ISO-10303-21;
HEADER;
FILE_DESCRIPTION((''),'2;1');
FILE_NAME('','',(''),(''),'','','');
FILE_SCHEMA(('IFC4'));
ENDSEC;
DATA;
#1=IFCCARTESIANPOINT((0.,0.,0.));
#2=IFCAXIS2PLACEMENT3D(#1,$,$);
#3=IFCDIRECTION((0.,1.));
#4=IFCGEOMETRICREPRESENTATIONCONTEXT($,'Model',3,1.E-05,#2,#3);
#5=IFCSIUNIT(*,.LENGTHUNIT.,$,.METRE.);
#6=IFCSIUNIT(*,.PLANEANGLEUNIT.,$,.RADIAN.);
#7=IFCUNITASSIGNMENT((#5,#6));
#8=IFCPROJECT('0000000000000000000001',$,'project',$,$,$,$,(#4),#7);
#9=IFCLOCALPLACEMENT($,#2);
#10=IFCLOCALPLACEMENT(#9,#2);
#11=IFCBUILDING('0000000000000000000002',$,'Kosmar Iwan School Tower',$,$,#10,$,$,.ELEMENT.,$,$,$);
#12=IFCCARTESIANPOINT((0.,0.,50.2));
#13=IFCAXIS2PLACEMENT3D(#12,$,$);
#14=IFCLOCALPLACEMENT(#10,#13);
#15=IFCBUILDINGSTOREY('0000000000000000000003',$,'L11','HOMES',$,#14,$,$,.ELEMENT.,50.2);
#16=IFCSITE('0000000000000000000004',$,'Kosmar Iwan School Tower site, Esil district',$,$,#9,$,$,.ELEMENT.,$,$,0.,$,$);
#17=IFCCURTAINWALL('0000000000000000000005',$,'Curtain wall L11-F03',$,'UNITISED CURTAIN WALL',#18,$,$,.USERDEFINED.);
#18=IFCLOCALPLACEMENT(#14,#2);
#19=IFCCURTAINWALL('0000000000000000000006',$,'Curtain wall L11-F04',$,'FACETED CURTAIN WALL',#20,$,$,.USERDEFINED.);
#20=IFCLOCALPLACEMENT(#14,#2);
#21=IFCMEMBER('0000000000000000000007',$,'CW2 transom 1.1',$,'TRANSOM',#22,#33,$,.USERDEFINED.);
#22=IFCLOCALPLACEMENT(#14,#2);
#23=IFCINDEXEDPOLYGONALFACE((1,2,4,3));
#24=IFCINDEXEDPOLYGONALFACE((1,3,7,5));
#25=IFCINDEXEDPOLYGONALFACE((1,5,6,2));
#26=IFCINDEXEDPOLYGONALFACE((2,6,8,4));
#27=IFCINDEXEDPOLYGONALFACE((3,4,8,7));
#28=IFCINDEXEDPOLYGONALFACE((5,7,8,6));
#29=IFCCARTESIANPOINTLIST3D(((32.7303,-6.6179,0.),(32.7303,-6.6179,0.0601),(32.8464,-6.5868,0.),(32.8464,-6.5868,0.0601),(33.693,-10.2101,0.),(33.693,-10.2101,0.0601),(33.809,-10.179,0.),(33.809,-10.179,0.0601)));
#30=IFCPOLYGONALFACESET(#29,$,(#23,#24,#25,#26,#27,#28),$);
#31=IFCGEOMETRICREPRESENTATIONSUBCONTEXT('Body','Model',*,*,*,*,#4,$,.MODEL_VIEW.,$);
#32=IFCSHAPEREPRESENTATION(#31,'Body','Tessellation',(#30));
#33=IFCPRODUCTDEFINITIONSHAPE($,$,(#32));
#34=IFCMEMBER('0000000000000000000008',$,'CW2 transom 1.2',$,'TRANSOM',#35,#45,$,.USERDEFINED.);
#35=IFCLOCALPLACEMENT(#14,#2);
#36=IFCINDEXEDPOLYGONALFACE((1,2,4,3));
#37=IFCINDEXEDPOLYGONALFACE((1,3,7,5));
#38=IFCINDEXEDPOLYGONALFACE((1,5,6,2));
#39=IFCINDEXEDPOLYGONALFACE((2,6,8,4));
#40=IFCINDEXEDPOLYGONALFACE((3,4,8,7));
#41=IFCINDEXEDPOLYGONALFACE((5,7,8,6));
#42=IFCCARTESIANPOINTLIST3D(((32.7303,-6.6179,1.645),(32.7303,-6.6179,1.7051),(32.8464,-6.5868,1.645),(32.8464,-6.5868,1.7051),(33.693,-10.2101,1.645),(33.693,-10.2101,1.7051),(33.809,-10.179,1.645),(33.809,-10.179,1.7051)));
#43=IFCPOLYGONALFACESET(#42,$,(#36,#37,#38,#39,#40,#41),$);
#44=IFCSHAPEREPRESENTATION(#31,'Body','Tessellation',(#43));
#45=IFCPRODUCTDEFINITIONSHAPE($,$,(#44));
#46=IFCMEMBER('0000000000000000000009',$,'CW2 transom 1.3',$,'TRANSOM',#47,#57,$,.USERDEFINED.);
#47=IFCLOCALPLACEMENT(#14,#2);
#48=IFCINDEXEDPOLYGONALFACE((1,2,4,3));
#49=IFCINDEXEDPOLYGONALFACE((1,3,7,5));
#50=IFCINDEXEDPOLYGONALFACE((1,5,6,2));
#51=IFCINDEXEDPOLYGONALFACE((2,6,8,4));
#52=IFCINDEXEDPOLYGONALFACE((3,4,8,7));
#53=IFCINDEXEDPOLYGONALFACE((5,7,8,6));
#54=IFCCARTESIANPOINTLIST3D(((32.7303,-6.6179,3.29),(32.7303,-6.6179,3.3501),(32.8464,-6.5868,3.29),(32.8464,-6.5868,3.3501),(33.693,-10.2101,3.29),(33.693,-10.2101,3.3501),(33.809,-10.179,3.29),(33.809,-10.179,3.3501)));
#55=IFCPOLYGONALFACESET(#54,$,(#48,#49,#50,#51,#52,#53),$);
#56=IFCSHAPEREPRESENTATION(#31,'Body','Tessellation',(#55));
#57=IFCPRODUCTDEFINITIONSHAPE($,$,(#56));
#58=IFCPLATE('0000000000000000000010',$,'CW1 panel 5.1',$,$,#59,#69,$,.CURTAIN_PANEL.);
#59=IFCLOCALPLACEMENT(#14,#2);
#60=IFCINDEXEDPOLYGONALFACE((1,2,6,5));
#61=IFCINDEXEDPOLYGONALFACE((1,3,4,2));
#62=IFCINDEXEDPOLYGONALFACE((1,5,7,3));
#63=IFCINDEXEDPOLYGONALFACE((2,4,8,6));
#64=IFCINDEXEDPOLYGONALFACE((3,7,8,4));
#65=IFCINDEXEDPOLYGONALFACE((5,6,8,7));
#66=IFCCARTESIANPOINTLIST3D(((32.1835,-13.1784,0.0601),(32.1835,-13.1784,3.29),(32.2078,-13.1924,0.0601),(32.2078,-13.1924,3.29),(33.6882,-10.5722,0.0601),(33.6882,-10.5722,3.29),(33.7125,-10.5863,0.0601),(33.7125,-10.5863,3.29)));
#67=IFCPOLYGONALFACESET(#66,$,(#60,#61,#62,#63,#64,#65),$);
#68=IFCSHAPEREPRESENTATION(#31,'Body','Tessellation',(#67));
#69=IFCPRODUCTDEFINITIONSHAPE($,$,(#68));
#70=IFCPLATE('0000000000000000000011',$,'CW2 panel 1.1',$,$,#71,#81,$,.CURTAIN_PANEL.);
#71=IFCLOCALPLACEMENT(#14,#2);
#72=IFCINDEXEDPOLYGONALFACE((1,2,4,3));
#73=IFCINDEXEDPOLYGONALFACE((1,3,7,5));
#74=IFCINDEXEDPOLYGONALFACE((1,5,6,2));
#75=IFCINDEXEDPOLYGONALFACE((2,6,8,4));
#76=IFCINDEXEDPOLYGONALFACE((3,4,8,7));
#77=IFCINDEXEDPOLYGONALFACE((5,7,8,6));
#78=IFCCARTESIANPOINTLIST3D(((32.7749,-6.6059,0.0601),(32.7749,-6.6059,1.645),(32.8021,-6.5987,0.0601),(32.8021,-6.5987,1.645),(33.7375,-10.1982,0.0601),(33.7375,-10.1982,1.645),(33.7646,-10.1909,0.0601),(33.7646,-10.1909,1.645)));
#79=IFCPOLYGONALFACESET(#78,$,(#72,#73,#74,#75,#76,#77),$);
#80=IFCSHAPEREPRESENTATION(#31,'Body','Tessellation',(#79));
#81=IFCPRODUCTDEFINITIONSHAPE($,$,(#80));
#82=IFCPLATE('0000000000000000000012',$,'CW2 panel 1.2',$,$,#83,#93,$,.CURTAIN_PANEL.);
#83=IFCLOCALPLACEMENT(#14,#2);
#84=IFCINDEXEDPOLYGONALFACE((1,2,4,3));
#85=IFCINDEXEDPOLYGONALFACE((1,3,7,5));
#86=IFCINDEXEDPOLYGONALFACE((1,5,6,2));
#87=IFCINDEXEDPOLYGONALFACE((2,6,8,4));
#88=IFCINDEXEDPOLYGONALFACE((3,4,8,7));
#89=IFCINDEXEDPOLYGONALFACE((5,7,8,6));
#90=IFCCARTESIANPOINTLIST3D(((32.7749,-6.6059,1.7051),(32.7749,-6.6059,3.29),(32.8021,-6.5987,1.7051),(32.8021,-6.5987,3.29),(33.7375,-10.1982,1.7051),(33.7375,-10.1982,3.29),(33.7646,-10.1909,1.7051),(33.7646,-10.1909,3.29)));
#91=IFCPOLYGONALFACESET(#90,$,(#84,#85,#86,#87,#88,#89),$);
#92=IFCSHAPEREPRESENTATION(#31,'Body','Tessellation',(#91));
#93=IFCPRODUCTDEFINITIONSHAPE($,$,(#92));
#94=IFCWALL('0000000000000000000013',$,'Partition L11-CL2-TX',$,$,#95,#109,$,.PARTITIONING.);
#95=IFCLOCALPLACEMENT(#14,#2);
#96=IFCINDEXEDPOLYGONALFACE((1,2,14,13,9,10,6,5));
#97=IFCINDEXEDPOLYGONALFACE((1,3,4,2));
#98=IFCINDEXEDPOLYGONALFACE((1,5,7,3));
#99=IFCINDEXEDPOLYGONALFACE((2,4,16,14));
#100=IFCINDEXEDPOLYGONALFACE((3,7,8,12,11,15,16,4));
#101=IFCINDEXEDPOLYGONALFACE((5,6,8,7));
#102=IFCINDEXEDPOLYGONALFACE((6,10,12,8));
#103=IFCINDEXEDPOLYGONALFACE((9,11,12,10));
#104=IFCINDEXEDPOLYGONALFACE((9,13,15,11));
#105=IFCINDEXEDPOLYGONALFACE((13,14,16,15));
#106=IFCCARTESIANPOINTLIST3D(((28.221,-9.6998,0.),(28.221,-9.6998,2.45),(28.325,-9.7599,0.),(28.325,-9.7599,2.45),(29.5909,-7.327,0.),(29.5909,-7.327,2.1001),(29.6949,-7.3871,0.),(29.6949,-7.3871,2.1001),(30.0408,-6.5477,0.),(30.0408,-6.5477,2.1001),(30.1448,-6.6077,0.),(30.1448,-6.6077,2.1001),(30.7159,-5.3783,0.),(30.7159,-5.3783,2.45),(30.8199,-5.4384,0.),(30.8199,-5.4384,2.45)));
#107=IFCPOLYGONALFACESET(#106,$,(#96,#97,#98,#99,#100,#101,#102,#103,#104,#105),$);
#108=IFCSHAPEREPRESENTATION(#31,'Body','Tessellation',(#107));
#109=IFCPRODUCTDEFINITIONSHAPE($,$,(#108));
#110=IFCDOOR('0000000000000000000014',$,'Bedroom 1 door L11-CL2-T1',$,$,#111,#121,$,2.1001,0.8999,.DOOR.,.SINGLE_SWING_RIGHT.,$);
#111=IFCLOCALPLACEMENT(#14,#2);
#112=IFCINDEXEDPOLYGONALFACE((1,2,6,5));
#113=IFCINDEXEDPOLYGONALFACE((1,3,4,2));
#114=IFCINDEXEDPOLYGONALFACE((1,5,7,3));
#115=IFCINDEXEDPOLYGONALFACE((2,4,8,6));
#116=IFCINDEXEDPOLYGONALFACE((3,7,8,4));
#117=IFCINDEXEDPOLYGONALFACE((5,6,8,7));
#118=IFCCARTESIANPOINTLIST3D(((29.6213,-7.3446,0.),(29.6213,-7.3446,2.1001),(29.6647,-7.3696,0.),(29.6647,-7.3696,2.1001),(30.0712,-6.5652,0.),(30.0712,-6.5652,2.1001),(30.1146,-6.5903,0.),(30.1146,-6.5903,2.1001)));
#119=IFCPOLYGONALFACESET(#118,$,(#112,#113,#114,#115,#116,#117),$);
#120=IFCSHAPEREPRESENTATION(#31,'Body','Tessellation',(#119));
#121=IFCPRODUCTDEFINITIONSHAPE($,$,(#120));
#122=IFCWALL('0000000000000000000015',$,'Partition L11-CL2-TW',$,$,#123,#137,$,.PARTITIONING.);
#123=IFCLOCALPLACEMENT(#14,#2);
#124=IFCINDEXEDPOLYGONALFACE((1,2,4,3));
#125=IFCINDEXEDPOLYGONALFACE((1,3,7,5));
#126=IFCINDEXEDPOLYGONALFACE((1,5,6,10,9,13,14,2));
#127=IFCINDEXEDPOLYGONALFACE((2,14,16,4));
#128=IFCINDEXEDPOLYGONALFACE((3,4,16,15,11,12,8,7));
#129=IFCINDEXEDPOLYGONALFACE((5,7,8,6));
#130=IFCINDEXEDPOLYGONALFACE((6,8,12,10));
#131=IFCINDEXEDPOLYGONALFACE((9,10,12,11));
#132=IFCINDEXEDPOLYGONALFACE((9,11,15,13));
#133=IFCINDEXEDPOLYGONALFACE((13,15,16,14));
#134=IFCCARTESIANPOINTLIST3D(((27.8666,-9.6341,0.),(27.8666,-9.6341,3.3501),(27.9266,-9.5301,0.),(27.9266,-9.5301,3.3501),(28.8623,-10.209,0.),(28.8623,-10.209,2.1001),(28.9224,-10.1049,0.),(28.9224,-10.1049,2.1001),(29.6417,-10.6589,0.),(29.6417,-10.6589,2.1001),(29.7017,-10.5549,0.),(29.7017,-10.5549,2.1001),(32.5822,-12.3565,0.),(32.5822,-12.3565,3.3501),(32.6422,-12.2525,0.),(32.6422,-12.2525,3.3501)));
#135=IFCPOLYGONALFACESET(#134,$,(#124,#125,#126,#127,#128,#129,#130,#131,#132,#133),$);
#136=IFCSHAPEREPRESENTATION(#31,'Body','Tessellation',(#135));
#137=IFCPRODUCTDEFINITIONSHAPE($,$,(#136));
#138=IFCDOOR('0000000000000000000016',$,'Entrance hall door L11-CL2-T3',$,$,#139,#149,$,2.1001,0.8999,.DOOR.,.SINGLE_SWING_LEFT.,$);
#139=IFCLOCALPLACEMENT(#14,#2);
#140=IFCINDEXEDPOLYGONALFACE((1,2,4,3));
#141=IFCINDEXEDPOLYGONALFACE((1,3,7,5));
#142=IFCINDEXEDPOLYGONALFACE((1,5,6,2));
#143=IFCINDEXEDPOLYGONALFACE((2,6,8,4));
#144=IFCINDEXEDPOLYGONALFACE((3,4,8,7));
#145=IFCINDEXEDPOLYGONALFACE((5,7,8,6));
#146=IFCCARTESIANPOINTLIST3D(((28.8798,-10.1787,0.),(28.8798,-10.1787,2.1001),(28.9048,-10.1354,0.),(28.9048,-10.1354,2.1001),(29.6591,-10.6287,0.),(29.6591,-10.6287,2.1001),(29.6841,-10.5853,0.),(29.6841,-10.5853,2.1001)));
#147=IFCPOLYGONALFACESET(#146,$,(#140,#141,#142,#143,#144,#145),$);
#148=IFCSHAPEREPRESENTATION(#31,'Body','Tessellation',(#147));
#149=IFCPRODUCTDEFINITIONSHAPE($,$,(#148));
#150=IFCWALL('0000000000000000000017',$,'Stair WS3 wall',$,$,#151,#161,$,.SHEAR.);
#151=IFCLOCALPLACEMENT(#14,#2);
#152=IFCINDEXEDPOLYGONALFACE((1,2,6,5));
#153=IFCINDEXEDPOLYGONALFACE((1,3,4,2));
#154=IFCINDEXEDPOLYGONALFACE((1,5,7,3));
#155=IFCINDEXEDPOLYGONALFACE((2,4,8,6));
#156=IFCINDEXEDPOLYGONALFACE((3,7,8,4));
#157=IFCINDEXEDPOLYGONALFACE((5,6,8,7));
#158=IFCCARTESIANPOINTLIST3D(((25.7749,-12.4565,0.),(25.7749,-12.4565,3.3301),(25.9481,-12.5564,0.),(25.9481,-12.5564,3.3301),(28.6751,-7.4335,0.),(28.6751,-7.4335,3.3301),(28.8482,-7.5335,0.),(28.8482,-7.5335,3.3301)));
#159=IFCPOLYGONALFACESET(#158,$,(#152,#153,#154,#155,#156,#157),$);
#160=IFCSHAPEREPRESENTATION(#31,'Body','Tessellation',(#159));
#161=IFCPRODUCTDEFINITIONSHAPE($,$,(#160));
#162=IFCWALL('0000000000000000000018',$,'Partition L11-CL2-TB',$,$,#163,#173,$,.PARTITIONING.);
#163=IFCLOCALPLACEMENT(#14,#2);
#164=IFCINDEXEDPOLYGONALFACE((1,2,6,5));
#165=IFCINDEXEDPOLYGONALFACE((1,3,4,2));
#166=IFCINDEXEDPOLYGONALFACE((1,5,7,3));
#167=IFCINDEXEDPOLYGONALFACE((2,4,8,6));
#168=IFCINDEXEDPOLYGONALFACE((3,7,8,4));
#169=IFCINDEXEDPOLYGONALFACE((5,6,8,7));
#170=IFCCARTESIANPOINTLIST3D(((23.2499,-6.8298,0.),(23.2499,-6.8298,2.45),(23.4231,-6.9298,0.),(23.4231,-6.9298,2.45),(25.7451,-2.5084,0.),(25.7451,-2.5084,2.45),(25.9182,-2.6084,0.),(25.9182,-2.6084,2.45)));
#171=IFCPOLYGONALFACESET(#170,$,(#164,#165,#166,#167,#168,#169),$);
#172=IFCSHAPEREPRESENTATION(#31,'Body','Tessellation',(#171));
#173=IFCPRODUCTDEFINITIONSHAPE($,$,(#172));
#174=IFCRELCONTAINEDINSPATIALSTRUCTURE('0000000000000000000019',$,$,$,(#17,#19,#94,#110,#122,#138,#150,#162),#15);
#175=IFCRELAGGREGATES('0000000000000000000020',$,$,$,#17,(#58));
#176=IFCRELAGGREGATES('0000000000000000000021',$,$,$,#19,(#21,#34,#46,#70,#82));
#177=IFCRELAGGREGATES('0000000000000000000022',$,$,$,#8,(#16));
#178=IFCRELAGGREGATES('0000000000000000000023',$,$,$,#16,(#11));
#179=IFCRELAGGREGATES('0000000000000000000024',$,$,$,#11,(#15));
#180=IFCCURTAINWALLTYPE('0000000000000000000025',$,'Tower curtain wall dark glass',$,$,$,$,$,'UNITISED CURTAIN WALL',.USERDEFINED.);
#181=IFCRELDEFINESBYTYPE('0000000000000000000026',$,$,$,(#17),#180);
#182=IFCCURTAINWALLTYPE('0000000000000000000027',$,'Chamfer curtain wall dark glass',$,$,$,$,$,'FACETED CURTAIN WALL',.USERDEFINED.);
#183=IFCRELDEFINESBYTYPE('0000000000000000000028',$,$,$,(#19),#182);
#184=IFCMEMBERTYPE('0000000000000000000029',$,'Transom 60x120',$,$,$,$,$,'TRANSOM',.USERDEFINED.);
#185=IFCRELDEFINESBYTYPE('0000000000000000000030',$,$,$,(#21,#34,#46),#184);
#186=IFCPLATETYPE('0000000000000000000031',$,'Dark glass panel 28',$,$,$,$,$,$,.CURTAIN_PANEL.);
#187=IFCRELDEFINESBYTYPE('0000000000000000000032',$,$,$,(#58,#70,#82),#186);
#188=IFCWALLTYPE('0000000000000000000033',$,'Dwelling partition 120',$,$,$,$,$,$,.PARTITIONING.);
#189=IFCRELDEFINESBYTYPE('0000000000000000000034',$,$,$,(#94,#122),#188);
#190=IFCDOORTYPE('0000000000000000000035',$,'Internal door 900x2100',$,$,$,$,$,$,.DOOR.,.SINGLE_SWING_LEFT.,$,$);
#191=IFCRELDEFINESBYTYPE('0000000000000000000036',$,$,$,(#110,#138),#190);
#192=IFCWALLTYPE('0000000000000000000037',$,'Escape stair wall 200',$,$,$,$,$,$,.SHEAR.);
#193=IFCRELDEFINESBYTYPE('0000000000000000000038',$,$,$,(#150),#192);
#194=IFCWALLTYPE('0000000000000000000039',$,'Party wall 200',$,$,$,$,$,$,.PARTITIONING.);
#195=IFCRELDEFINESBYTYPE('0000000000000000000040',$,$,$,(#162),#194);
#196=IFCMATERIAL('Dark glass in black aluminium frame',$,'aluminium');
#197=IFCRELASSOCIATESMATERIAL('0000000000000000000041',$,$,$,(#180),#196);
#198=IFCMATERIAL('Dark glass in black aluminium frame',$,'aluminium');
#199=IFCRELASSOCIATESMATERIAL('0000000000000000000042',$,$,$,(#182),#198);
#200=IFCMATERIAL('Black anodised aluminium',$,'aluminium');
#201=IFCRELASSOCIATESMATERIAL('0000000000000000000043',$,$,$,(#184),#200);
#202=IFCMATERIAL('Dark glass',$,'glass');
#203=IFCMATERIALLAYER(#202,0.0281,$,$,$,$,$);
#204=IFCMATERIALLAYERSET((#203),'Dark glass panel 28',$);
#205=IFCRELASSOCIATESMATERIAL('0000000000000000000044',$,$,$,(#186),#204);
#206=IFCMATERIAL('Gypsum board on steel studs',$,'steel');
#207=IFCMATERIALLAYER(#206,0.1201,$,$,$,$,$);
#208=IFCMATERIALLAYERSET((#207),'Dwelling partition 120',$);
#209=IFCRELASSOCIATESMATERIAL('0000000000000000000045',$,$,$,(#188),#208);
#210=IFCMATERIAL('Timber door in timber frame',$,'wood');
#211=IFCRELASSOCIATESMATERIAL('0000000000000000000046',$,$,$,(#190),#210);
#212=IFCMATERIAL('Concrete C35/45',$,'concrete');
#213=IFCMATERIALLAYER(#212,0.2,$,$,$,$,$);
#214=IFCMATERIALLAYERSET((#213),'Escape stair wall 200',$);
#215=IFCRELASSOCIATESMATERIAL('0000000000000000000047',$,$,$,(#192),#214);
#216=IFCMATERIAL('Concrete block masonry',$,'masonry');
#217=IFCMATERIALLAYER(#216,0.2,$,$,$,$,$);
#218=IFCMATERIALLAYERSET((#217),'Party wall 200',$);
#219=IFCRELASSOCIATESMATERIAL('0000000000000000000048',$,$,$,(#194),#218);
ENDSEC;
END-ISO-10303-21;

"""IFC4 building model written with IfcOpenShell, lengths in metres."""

from ifc_helpers import new_model, si_unit, direction, frame, frame_2d, origin, origin_2d, place, context, subcontext, project, spatial, rectangle, extrude, material, layer, layer_set, material_profile, profile_set, type_object, element, fill, aggregate, save


model = new_model("IFC4")

# Units and contexts
model_context = context("Model", 3, precision=1e-05, world=origin(), true_north=direction((0.0, 1.0)))
body_context = subcontext(model_context, "Body", "Model", "MODEL_VIEW")
ifc_project = project(units=[si_unit("LENGTHUNIT", "METRE"), si_unit("PLANEANGLEUNIT", "RADIAN")], contexts=[model_context])

# Site, building, storey
site_placement = place(None, origin())
site = spatial("IfcSite", under=ifc_project, at=site_placement, Name="Kosmar Iwan School Tower site, Esil district", CompositionType="ELEMENT", RefElevation=0.0)
building_placement = place(site_placement, origin())
building = spatial("IfcBuilding", under=site, at=building_placement, Name="Kosmar Iwan School Tower", CompositionType="ELEMENT")
storey_placement = place(building_placement, frame((0.0, 0.0, 50.2)))
storey = spatial("IfcBuildingStorey", under=building, at=storey_placement, Name="L11", Description="HOMES", CompositionType="ELEMENT", Elevation=50.2)

# Curtain wall
ifc_material_1 = material(Name="Dark glass in black aluminium frame", Category="aluminium")
curtain_wall_type_1 = type_object("IfcCurtainWallType", Name="Tower curtain wall dark glass", ElementType="UNITISED CURTAIN WALL", PredefinedType="USERDEFINED", material=ifc_material_1)
curtain_wall_1_placement = place(storey_placement, origin())
curtain_wall_1 = element("IfcCurtainWall", 1, at=curtain_wall_1_placement, inside=storey, type_object=curtain_wall_type_1, Name="Curtain wall L11-F03", ObjectType="UNITISED CURTAIN WALL", PredefinedType="USERDEFINED")

# Curtain wall
ifc_material_2 = material(Name="Dark glass in black aluminium frame", Category="aluminium")
curtain_wall_type_2 = type_object("IfcCurtainWallType", Name="Chamfer curtain wall dark glass", ElementType="FACETED CURTAIN WALL", PredefinedType="USERDEFINED", material=ifc_material_2)
curtain_wall_2_placement = place(storey_placement, origin())
curtain_wall_2 = element("IfcCurtainWall", 2, at=curtain_wall_2_placement, inside=storey, type_object=curtain_wall_type_2, Name="Curtain wall L11-F04", ObjectType="FACETED CURTAIN WALL", PredefinedType="USERDEFINED")

# Members
ifc_material_3 = material(Name="Black anodised aluminium", Category="aluminium")
ifc_material_profile_1 = material_profile(ifc_material_3, rectangle(XDim=0.1201, YDim=0.0601, at=origin_2d()), Name="TRANSOM 60x120")
ifc_profile_set_1 = profile_set([ifc_material_profile_1], Name="Black anodised aluminium")
member_type_1 = type_object("IfcMemberType", Name="Transom 60x120", ElementType="TRANSOM", PredefinedType="USERDEFINED", material=ifc_profile_set_1)
member_1_placement = place(storey_placement, frame((33.751, -10.1946, 0.03), z_axis=(-0.258843, 0.965919, 0.0), x_axis=(-0.965919, -0.258843, 0.0)))
member_1 = element("IfcMember", 3, at=member_1_placement, type_object=member_type_1, Name="CW2 transom 1.1", ObjectType="TRANSOM", PredefinedType="USERDEFINED", context=body_context, shape_type="SweptSolid", body=[
    extrude(rectangle(XDim=0.1201, YDim=0.0601, at=origin_2d()), origin(), (0.0, 0.0, 1.0), 3.719),
])
member_2_placement = place(storey_placement, frame((33.751, -10.1946, 1.675), z_axis=(-0.258843, 0.965919, 0.0), x_axis=(-0.965919, -0.258843, 0.0)))
member_2 = element("IfcMember", 4, at=member_2_placement, type_object=member_type_1, Name="CW2 transom 1.2", ObjectType="TRANSOM", PredefinedType="USERDEFINED", context=body_context, shape_type="SweptSolid", body=[
    extrude(rectangle(XDim=0.1201, YDim=0.0601, at=origin_2d()), origin(), (0.0, 0.0, 1.0), 3.719),
])
member_3_placement = place(storey_placement, frame((33.751, -10.1946, 3.3201), z_axis=(-0.258843, 0.965919, 0.0), x_axis=(-0.965919, -0.258843, 0.0)))
member_3 = element("IfcMember", 5, at=member_3_placement, type_object=member_type_1, Name="CW2 transom 1.3", ObjectType="TRANSOM", PredefinedType="USERDEFINED", context=body_context, shape_type="SweptSolid", body=[
    extrude(rectangle(XDim=0.1201, YDim=0.0601, at=origin_2d()), origin(), (0.0, 0.0, 1.0), 3.719),
])

# Plates
ifc_material_4 = material(Name="Dark glass", Category="glass")
ifc_layer_1 = layer(ifc_material_4, 0.0281)
ifc_layer_set_1 = layer_set([ifc_layer_1], Name="Dark glass panel 28")
plate_type = type_object("IfcPlateType", Name="Dark glass panel 28", PredefinedType="CURTAIN_PANEL", material=ifc_layer_set_1)
plate_1_placement = place(storey_placement, frame((32.948, -11.8823, 0.0601), z_axis=(0.0, 0.0, 1.0), x_axis=(0.5, 0.866025, 0.0)))
plate_1 = element("IfcPlate", 6, at=plate_1_placement, type_object=plate_type, Name="CW1 panel 5.1", PredefinedType="CURTAIN_PANEL", context=body_context, shape_type="SweptSolid", body=[
    extrude(rectangle(XDim=3.0093, YDim=0.0281, at=origin_2d()), origin(), (0.0, 0.0, 1.0), 3.23),
])
aggregate(curtain_wall_1, [plate_1])
plate_2_placement = place(storey_placement, frame((33.2698, -8.3984, 0.0601), z_axis=(0.0, 0.0, 1.0), x_axis=(-0.258819, 0.965926, 0.0)))
plate_2 = element("IfcPlate", 7, at=plate_2_placement, type_object=plate_type, Name="CW2 panel 1.1", PredefinedType="CURTAIN_PANEL", context=body_context, shape_type="SweptSolid", body=[
    extrude(rectangle(XDim=3.719, YDim=0.0281, at=origin_2d()), origin(), (0.0, 0.0, 1.0), 1.585),
])
plate_3_placement = place(storey_placement, frame((33.2698, -8.3984, 1.7051), z_axis=(0.0, 0.0, 1.0), x_axis=(-0.258819, 0.965926, 0.0)))
plate_3 = element("IfcPlate", 8, at=plate_3_placement, type_object=plate_type, Name="CW2 panel 1.2", PredefinedType="CURTAIN_PANEL", context=body_context, shape_type="SweptSolid", body=[
    extrude(rectangle(XDim=3.719, YDim=0.0281, at=origin_2d()), origin(), (0.0, 0.0, 1.0), 1.585),
])
aggregate(curtain_wall_2, [member_1, member_2, member_3, plate_2, plate_3])

# Walls, openings, doors
ifc_material_5 = material(Name="Gypsum board on steel studs", Category="steel")
ifc_layer_2 = layer(ifc_material_5, 0.1201)
ifc_layer_set_2 = layer_set([ifc_layer_2], Name="Dwelling partition 120")
wall_type_1 = type_object("IfcWallType", Name="Dwelling partition 120", PredefinedType="PARTITIONING", material=ifc_layer_set_2)
wall_1_placement = place(storey_placement, frame((28.2729, -9.73, 0.0), z_axis=(0.0, 0.0, 1.0), x_axis=(0.499975, 0.86604, 0.0)))
wall_1 = element("IfcWall", 9, at=wall_1_placement, inside=storey, type_object=wall_type_1, Name="Partition L11-CL2-TX", PredefinedType="PARTITIONING", context=body_context, shape_type="SweptSolid", body=[
    extrude(rectangle(XDim=4.99, YDim=0.1201, at=frame_2d((2.4951, 0.0))), origin(), (0.0, 0.0, 1.0), 2.45),
])
opening_1_placement = place(wall_1_placement, frame((2.74, 0.0, 0.0)))
opening_1 = element("IfcOpeningElement", 10, at=opening_1_placement, cuts=wall_1, PredefinedType="OPENING", context=body_context, shape_type="SweptSolid", body=[
    extrude(rectangle(XDim=0.8999, YDim=2.1001, at=frame_2d((0.45, 1.05))), frame((0.0, 0.072, 0.0), z_axis=(0.0, -1.0, 0.0), x_axis=(1.0, 0.0, 0.0)), (0.0, 0.0, 1.0), 0.144),
])
ifc_material_6 = material(Name="Timber door in timber frame", Category="wood")
door_type = type_object("IfcDoorType", Name="Internal door 900x2100", OperationType="SINGLE_SWING_LEFT", PredefinedType="DOOR", material=ifc_material_6)
door_1_placement = place(opening_1_placement, origin())
door_1 = element("IfcDoor", 11, at=door_1_placement, inside=storey, type_object=door_type, Name="Bedroom 1 door L11-CL2-T1", OperationType="SINGLE_SWING_RIGHT", OverallHeight=2.1001, OverallWidth=0.8999, PredefinedType="DOOR", context=body_context, shape_type="SweptSolid", body=[
    extrude(rectangle(XDim=0.8999, YDim=2.1001, at=frame_2d((0.45, 1.05))), frame((0.0, 0.0249, 0.0), z_axis=(0.0, -1.0, 0.0), x_axis=(1.0, 0.0, 0.0)), (0.0, 0.0, 1.0), 0.05),
])
fill(opening_1, door_1)
wall_2_placement = place(storey_placement, frame((27.8965, -9.582, 0.0), z_axis=(0.0, 0.0, 1.0), x_axis=(0.866036, -0.499982, 0.0)))
wall_2 = element("IfcWall", 12, at=wall_2_placement, inside=storey, type_object=wall_type_1, Name="Partition L11-CL2-TW", PredefinedType="PARTITIONING", context=body_context, shape_type="SweptSolid", body=[
    extrude(rectangle(XDim=5.4451, YDim=0.1201, at=frame_2d((2.7227, 0.0))), origin(), (0.0, 0.0, 1.0), 3.3501),
])
opening_2_placement = place(wall_2_placement, frame((1.1499, 0.0, 0.0)))
opening_2 = element("IfcOpeningElement", 13, at=opening_2_placement, cuts=wall_2, PredefinedType="OPENING", context=body_context, shape_type="SweptSolid", body=[
    extrude(rectangle(XDim=0.8999, YDim=2.1001, at=frame_2d((0.45, 1.05))), frame((0.0, 0.072, 0.0), z_axis=(0.0, -1.0, 0.0), x_axis=(1.0, 0.0, 0.0)), (0.0, 0.0, 1.0), 0.144),
])
door_2_placement = place(opening_2_placement, origin())
door_2 = element("IfcDoor", 14, at=door_2_placement, inside=storey, type_object=door_type, Name="Entrance hall door L11-CL2-T3", OperationType="SINGLE_SWING_LEFT", OverallHeight=2.1001, OverallWidth=0.8999, PredefinedType="DOOR", context=body_context, shape_type="SweptSolid", body=[
    extrude(rectangle(XDim=0.8999, YDim=2.1001, at=frame_2d((0.45, 1.05))), frame((0.0, 0.0249, 0.0), z_axis=(0.0, -1.0, 0.0), x_axis=(1.0, 0.0, 0.0)), (0.0, 0.0, 1.0), 0.05),
])
fill(opening_2, door_2)

# Walls
ifc_material_7 = material(Name="Concrete C35/45", Category="concrete")
ifc_layer_3 = layer(ifc_material_7, 0.2)
ifc_layer_set_3 = layer_set([ifc_layer_3], Name="Escape stair wall 200")
wall_type_2 = type_object("IfcWallType", Name="Escape stair wall 200", PredefinedType="SHEAR", material=ifc_layer_set_3)
wall_3_placement = place(storey_placement, frame((25.8616, -12.5063, 0.0), z_axis=(0.0, 0.0, 1.0), x_axis=(0.500019, 0.866015, 0.0)))
element("IfcWall", 15, at=wall_3_placement, inside=storey, type_object=wall_type_2, Name="Stair WS3 wall", PredefinedType="SHEAR", context=body_context, shape_type="SweptSolid", body=[
    extrude(rectangle(XDim=5.8, YDim=0.2, at=frame_2d((2.8999, 0.0))), origin(), (0.0, 0.0, 1.0), 3.3301),
])
ifc_material_8 = material(Name="Concrete block masonry", Category="masonry")
ifc_layer_4 = layer(ifc_material_8, 0.2)
ifc_layer_set_4 = layer_set([ifc_layer_4], Name="Party wall 200")
wall_type_3 = type_object("IfcWallType", Name="Party wall 200", PredefinedType="PARTITIONING", material=ifc_layer_set_4)
wall_4_placement = place(storey_placement, frame((23.3364, -6.8799, 0.0), z_axis=(0.0, 0.0, 1.0), x_axis=(0.500033, 0.866006, 0.0)))
element("IfcWall", 16, at=wall_4_placement, inside=storey, type_object=wall_type_3, Name="Partition L11-CL2-TB", PredefinedType="PARTITIONING", context=body_context, shape_type="SweptSolid", body=[
    extrude(rectangle(XDim=4.99, YDim=0.2, at=frame_2d((2.4951, 0.0))), origin(), (0.0, 0.0, 1.0), 2.45),
])

save(model, "model.ifc")
